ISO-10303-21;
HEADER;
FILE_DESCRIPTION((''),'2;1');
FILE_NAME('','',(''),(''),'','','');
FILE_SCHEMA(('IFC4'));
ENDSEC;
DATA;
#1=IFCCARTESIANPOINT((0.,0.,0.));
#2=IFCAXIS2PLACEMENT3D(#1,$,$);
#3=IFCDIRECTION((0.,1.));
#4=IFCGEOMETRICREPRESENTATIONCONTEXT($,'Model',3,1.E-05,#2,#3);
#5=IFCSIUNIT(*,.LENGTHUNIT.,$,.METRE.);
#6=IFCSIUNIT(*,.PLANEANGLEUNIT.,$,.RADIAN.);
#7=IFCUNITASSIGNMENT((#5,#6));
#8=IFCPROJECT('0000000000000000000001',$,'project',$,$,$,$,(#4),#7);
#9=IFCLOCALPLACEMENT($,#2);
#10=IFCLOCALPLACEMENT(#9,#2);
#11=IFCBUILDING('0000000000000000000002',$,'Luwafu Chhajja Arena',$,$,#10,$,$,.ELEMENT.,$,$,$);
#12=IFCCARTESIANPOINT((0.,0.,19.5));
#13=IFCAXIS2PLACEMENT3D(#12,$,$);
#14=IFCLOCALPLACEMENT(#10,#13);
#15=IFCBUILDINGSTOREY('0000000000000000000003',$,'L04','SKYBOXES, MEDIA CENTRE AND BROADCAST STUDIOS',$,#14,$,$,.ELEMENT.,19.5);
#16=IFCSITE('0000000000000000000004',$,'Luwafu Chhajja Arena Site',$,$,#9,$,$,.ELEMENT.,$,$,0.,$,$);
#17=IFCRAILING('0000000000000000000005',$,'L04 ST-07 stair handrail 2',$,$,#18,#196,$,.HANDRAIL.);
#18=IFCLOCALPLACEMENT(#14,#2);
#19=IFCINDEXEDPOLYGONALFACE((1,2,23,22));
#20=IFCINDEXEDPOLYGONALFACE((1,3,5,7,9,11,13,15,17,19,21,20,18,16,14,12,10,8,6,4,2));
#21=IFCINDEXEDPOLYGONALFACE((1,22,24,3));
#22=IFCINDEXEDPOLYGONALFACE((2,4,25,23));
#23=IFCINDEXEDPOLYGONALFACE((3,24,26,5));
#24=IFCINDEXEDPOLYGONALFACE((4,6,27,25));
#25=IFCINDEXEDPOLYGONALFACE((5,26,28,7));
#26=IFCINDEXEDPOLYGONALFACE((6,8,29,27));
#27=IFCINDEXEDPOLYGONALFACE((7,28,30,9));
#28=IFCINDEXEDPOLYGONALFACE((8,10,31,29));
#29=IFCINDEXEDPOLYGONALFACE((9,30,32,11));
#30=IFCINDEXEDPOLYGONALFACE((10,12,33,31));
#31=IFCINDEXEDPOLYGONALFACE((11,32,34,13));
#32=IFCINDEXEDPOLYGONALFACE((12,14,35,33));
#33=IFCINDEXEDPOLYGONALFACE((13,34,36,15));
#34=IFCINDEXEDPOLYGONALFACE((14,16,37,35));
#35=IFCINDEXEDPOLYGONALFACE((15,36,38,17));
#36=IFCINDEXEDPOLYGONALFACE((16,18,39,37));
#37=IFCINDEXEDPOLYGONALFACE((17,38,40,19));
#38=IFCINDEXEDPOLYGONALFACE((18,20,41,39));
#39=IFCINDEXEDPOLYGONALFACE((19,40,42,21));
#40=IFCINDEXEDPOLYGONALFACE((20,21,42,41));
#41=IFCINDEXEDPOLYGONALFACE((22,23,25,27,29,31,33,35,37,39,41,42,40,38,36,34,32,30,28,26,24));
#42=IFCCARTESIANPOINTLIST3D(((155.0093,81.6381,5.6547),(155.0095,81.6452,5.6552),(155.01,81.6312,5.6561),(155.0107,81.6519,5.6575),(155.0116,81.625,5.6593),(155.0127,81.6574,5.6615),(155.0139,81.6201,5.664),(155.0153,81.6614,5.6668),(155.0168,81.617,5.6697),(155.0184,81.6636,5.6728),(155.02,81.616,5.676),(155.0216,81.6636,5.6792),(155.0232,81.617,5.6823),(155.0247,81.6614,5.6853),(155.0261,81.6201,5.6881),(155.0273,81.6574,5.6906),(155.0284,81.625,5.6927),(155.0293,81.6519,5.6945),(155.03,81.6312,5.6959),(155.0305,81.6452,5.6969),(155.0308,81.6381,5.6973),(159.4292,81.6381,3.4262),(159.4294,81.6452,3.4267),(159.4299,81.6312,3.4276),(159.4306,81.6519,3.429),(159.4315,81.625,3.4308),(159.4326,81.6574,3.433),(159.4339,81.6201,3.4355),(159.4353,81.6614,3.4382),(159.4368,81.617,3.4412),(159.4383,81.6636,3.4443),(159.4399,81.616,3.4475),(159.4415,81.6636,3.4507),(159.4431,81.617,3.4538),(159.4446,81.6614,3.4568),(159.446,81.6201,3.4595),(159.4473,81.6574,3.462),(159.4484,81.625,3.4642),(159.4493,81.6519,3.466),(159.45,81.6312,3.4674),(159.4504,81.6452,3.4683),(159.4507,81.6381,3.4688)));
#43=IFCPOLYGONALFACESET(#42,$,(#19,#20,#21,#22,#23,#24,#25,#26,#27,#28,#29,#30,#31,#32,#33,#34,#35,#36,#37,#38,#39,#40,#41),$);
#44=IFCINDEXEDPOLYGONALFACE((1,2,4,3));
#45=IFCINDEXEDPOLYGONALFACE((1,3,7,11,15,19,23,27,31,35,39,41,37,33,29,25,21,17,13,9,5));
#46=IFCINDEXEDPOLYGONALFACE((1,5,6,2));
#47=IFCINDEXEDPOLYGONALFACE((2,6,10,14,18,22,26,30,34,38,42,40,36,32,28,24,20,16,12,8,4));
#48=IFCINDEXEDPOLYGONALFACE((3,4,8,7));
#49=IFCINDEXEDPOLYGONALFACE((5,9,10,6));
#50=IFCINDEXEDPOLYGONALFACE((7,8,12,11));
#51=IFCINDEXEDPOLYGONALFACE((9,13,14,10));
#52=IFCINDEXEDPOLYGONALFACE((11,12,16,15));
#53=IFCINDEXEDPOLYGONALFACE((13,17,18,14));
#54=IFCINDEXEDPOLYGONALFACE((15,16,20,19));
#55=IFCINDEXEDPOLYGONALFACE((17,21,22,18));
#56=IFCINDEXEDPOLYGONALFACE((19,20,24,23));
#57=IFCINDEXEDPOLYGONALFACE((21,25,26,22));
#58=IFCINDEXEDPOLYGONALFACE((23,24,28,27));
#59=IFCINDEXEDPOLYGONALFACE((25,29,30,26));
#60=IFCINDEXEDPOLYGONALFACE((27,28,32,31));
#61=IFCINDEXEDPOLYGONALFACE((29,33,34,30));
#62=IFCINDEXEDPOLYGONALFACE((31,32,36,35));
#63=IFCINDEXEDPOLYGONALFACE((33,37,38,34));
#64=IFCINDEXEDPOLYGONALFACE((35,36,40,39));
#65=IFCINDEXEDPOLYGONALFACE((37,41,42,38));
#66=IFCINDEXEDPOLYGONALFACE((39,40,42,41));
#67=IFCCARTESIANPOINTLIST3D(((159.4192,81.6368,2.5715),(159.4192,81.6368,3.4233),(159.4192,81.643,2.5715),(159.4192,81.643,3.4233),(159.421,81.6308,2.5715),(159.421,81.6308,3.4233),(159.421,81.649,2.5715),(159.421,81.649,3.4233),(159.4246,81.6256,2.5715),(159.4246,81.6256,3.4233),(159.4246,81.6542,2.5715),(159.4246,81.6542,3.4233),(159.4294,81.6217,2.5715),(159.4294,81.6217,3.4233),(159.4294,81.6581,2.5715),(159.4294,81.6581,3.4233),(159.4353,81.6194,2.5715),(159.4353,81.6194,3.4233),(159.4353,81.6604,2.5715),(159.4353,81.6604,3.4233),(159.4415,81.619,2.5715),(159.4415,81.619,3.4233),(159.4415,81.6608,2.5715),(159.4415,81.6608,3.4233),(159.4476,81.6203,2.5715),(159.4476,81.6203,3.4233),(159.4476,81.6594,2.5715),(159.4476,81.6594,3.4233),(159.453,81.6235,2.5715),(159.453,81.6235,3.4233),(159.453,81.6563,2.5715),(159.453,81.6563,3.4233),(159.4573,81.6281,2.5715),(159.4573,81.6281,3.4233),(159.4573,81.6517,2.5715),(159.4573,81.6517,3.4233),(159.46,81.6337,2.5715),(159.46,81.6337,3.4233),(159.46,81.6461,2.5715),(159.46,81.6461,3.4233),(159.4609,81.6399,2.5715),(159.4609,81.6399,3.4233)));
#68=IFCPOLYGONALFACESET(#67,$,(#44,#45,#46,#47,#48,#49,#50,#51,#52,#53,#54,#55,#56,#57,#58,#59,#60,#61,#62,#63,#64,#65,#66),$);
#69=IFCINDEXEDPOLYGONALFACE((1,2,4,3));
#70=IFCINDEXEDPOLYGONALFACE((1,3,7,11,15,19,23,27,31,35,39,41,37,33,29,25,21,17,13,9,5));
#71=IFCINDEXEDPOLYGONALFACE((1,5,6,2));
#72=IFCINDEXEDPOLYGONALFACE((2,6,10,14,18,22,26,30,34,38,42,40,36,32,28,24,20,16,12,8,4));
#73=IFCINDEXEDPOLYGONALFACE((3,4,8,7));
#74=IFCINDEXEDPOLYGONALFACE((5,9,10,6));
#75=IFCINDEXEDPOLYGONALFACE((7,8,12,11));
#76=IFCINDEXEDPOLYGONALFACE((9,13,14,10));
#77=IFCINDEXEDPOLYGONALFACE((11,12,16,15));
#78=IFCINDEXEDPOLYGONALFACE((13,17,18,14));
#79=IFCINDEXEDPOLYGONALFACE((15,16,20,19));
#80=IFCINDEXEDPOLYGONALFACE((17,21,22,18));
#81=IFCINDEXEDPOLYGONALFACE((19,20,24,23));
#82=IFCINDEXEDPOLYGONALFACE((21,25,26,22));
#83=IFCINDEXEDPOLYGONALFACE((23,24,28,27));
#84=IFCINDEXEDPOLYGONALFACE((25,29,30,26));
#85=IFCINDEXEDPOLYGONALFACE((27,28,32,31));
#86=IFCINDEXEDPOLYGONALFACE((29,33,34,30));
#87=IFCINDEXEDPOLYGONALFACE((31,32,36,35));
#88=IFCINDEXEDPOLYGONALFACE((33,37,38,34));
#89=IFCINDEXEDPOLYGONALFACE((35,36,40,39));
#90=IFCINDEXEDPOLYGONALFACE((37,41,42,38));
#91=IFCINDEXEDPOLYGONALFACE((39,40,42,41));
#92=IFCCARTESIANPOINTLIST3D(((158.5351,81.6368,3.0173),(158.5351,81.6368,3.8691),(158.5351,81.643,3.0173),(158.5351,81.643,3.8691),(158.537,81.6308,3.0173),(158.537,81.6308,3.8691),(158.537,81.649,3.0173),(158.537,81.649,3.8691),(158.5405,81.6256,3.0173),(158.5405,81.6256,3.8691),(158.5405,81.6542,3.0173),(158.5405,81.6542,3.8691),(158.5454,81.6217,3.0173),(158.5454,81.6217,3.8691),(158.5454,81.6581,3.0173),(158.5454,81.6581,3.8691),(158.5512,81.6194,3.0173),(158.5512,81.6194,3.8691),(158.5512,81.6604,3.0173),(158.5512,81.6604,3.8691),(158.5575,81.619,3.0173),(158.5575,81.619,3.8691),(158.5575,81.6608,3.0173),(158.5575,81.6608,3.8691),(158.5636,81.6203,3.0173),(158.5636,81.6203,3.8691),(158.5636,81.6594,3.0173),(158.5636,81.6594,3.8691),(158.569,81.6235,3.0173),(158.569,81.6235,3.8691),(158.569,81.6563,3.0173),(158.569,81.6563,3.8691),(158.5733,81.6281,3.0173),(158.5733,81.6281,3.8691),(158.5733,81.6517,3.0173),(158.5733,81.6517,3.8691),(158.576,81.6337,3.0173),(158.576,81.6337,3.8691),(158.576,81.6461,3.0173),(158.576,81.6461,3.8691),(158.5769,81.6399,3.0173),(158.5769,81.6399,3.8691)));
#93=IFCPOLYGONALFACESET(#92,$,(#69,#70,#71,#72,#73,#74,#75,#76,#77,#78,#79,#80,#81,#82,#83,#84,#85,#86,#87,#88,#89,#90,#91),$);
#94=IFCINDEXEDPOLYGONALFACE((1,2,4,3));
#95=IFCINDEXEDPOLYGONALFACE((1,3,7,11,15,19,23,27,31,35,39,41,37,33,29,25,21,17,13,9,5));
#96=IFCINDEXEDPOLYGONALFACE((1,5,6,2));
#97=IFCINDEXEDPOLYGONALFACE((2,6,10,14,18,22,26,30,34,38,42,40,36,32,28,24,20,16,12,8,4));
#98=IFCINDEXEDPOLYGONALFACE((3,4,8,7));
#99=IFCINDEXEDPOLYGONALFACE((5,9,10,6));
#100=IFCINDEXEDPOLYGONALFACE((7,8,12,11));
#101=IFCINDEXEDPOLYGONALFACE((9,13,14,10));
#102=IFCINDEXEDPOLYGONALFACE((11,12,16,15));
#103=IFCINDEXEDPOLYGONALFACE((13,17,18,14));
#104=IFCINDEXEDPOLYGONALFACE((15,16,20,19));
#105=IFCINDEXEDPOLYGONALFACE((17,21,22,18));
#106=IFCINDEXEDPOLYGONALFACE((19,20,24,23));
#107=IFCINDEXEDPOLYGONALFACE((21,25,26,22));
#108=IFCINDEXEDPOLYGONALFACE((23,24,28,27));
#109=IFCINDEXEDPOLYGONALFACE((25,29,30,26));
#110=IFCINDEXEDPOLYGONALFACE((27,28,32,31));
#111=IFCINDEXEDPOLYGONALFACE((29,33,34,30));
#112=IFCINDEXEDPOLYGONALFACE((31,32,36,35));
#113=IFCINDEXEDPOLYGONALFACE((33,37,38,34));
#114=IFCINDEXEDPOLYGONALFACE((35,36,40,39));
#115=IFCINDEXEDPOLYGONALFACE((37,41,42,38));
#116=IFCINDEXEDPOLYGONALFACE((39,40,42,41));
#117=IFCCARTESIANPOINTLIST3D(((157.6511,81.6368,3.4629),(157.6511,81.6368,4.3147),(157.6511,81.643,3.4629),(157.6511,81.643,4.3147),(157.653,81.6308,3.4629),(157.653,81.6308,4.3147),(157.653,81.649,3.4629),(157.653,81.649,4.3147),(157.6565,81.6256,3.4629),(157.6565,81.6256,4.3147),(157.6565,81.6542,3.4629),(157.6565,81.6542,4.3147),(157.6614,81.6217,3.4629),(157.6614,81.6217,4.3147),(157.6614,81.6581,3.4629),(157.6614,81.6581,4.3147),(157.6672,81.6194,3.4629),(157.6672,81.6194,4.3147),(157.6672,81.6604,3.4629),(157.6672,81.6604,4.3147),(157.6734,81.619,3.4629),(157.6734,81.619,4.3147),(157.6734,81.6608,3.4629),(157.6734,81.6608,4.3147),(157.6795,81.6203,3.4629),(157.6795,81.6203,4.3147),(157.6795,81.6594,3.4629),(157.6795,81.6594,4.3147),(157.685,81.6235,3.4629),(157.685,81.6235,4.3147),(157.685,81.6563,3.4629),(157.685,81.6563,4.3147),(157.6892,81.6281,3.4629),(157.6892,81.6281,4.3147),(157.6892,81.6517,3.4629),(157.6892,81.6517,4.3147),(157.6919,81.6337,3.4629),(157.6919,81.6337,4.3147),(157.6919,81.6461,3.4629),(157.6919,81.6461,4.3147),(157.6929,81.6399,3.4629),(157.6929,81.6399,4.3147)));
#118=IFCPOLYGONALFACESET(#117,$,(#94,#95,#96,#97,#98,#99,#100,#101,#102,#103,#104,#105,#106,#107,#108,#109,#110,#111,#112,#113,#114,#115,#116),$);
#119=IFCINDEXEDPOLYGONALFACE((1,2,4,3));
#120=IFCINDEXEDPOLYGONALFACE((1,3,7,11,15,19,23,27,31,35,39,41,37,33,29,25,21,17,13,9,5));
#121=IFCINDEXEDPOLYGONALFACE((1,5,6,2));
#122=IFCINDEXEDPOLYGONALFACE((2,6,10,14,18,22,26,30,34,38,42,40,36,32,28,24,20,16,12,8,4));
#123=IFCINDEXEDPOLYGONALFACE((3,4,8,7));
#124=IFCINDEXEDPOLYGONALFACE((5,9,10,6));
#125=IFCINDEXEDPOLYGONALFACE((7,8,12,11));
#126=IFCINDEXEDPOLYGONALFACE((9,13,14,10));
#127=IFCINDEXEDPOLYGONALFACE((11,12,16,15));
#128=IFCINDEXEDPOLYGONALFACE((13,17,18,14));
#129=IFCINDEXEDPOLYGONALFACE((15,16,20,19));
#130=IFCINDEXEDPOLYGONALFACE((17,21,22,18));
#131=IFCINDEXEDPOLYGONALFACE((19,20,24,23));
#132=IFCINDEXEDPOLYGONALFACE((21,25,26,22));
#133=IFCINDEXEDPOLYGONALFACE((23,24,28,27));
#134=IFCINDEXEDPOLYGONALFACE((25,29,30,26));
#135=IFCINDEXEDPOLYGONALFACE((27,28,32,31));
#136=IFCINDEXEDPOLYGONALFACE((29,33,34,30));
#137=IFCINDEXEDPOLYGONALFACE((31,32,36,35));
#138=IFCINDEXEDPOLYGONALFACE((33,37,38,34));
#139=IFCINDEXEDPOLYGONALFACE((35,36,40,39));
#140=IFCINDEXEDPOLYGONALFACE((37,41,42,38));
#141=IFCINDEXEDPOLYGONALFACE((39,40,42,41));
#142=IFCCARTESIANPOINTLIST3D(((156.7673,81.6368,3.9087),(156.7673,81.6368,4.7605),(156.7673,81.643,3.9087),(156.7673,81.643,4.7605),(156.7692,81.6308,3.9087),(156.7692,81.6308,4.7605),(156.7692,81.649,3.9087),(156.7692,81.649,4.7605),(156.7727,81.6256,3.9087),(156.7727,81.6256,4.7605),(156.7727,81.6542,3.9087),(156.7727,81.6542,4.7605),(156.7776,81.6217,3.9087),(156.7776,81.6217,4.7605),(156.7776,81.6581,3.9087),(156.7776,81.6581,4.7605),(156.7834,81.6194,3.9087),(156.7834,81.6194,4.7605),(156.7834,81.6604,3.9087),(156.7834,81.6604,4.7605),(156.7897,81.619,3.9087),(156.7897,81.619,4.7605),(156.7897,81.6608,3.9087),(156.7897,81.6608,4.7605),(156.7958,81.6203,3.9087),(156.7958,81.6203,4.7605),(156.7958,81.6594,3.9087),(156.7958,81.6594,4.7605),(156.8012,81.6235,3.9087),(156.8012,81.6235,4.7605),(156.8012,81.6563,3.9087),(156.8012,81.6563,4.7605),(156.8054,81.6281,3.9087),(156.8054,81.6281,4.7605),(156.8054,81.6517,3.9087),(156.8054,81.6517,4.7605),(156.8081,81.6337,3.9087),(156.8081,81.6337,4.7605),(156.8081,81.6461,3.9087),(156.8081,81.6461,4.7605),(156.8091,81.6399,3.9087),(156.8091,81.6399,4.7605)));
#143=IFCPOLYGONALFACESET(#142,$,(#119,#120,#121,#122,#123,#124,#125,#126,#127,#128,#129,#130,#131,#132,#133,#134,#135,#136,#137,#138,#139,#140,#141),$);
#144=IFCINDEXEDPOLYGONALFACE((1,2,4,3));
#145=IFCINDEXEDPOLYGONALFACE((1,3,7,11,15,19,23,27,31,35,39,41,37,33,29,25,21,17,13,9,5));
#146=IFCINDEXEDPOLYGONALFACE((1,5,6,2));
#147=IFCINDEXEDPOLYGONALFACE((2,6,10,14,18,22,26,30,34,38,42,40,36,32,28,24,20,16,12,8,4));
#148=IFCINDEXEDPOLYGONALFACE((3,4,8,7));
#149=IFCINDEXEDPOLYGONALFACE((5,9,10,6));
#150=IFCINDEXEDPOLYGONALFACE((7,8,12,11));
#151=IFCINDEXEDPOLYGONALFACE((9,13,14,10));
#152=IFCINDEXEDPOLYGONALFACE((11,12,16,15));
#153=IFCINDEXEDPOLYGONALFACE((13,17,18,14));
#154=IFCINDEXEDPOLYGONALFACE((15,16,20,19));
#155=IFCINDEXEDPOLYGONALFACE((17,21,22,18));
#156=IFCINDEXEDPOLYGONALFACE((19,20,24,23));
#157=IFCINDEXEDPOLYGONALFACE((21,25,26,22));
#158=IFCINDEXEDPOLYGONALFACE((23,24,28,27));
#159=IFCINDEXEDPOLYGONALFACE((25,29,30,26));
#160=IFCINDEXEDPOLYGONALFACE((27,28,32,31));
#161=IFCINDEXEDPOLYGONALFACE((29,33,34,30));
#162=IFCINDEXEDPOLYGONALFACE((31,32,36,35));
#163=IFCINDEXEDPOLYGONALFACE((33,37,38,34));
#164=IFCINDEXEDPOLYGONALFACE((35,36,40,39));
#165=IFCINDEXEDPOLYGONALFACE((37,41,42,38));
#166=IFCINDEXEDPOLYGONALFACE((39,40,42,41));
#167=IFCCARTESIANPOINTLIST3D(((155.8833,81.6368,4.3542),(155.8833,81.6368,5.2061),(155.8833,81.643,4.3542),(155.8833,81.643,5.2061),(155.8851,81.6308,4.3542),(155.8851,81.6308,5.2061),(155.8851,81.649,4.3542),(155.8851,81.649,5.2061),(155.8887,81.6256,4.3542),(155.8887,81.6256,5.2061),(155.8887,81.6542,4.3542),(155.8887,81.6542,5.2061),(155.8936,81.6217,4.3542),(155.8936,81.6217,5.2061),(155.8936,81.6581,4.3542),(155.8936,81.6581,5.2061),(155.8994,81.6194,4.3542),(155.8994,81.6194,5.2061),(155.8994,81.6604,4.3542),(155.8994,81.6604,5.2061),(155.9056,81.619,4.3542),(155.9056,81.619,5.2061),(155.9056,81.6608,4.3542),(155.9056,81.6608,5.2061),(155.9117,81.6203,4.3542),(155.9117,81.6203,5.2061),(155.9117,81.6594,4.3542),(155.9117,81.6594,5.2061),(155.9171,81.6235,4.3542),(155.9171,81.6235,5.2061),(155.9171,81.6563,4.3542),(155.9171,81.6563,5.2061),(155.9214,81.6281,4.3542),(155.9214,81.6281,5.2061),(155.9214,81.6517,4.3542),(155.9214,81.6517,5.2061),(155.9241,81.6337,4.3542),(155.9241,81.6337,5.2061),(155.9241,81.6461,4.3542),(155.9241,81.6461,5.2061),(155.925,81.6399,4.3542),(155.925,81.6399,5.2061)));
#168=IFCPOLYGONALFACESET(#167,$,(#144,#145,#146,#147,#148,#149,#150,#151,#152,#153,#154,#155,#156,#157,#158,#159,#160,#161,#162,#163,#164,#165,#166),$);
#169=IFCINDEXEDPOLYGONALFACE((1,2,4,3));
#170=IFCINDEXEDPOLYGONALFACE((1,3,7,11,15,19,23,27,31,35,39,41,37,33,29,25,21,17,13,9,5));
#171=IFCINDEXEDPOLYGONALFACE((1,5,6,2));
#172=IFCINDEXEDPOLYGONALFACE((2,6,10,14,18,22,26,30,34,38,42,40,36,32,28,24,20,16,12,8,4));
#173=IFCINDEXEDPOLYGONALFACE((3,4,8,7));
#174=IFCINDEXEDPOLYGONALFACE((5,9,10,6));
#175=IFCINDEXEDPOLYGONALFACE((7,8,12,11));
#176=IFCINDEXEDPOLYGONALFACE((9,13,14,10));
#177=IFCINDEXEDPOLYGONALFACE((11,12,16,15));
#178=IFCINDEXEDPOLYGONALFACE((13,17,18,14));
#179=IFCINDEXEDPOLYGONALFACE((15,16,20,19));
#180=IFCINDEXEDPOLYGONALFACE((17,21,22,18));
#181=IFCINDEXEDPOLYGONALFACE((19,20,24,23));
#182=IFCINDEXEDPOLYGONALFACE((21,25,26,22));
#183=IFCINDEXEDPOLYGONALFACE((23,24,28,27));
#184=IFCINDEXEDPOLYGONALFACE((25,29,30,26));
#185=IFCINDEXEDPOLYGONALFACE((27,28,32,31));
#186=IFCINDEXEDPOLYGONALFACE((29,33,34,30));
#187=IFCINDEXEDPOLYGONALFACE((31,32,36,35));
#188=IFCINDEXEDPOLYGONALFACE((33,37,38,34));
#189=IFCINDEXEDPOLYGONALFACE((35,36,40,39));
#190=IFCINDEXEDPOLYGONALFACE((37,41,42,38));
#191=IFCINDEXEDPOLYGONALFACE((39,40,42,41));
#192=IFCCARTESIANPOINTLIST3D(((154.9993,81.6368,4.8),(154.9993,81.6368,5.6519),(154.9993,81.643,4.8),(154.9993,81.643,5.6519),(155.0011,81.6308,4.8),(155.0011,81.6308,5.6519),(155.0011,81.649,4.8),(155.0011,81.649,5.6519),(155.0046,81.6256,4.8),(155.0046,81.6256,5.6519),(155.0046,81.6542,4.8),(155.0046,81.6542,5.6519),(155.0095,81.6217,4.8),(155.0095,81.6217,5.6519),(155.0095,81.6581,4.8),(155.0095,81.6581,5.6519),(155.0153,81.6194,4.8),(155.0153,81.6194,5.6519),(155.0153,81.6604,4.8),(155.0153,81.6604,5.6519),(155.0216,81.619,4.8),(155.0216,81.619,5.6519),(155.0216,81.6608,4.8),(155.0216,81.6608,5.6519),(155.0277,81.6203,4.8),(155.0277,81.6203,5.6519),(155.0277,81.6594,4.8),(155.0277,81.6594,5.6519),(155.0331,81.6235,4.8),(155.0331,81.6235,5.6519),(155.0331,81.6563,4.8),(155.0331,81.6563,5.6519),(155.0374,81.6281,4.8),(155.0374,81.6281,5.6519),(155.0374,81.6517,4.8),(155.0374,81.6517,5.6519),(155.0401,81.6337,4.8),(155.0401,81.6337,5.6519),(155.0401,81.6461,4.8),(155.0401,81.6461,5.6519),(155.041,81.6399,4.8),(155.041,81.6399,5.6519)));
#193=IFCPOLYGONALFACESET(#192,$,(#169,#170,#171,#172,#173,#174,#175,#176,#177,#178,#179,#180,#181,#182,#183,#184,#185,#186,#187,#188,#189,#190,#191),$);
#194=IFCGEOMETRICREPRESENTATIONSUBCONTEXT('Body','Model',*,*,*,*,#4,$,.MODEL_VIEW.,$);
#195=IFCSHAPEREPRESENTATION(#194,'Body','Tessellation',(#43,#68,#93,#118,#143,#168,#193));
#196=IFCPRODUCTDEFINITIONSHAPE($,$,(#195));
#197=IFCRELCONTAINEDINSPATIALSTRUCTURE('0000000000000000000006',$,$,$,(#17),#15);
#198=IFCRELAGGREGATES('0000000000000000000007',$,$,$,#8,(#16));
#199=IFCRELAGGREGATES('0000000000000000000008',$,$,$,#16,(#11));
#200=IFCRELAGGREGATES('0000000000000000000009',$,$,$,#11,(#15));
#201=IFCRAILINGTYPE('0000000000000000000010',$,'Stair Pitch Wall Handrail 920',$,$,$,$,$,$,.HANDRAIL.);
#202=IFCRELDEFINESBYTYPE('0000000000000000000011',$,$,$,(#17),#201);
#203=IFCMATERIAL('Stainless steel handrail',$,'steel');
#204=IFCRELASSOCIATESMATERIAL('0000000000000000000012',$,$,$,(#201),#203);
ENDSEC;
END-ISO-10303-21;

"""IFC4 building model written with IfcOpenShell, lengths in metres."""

from ifc_helpers import new_model, si_unit, direction, frame, origin, origin_2d, place, context, subcontext, project, spatial, circle, extrude, material, type_object, element, save


model = new_model("IFC4")

# Units and contexts
model_context = context("Model", 3, precision=1e-05, world=origin(), true_north=direction((0.0, 1.0)))
body_context = subcontext(model_context, "Body", "Model", "MODEL_VIEW")
ifc_project = project(units=[si_unit("LENGTHUNIT", "METRE"), si_unit("PLANEANGLEUNIT", "RADIAN")], contexts=[model_context])

# Site, building, storey
site_placement = place(None, origin())
site = spatial("IfcSite", under=ifc_project, at=site_placement, Name="Luwafu Chhajja Arena Site", CompositionType="ELEMENT", RefElevation=0.0)
building_placement = place(site_placement, origin())
building = spatial("IfcBuilding", under=site, at=building_placement, Name="Luwafu Chhajja Arena", CompositionType="ELEMENT")
storey_placement = place(building_placement, frame((0.0, 0.0, 19.5)))
storey = spatial("IfcBuildingStorey", under=building, at=storey_placement, Name="L04", Description="SKYBOXES, MEDIA CENTRE AND BROADCAST STUDIOS", CompositionType="ELEMENT", Elevation=19.5)

# Railing
ifc_material_1 = material(Name="Stainless steel handrail", Category="steel")
railing_type_1 = type_object("IfcRailingType", Name="Stair Pitch Wall Handrail 920", PredefinedType="HANDRAIL", material=ifc_material_1)
railing_1_placement = place(storey_placement, frame((159.4399, 81.6399, 2.5715)))
element("IfcRailing", 1, at=railing_1_placement, inside=storey, type_object=railing_type_1, Name="L04 ST-07 stair handrail 2", PredefinedType="HANDRAIL", context=body_context, shape_type="SweptSolid", body=[
    extrude(circle(Radius=0.0239, at=origin_2d()), frame((0.0, 0.0, 0.876), z_axis=(-0.892923, 0.0, 0.45021), x_axis=(0.0, -1.0, 0.0)), (0.0, 0.0, 1.0), 4.95),
    extrude(circle(Radius=0.021, at=origin_2d()), origin(), (0.0, 0.0, 1.0), 0.8518),
    extrude(circle(Radius=0.021, at=origin_2d()), frame((-0.884, 0.0, 0.4458)), (0.0, 0.0, 1.0), 0.8518),
    extrude(circle(Radius=0.021, at=origin_2d()), frame((-1.7681, 0.0, 0.8914)), (0.0, 0.0, 1.0), 0.8518),
    extrude(circle(Radius=0.021, at=origin_2d()), frame((-2.6519, 0.0, 1.3372)), (0.0, 0.0, 1.0), 0.8518),
    extrude(circle(Radius=0.021, at=origin_2d()), frame((-3.5359, 0.0, 1.7827)), (0.0, 0.0, 1.0), 0.8518),
    extrude(circle(Radius=0.021, at=origin_2d()), frame((-4.4199, 0.0, 2.2285)), (0.0, 0.0, 1.0), 0.8518),
])

save(model, "model.ifc")
